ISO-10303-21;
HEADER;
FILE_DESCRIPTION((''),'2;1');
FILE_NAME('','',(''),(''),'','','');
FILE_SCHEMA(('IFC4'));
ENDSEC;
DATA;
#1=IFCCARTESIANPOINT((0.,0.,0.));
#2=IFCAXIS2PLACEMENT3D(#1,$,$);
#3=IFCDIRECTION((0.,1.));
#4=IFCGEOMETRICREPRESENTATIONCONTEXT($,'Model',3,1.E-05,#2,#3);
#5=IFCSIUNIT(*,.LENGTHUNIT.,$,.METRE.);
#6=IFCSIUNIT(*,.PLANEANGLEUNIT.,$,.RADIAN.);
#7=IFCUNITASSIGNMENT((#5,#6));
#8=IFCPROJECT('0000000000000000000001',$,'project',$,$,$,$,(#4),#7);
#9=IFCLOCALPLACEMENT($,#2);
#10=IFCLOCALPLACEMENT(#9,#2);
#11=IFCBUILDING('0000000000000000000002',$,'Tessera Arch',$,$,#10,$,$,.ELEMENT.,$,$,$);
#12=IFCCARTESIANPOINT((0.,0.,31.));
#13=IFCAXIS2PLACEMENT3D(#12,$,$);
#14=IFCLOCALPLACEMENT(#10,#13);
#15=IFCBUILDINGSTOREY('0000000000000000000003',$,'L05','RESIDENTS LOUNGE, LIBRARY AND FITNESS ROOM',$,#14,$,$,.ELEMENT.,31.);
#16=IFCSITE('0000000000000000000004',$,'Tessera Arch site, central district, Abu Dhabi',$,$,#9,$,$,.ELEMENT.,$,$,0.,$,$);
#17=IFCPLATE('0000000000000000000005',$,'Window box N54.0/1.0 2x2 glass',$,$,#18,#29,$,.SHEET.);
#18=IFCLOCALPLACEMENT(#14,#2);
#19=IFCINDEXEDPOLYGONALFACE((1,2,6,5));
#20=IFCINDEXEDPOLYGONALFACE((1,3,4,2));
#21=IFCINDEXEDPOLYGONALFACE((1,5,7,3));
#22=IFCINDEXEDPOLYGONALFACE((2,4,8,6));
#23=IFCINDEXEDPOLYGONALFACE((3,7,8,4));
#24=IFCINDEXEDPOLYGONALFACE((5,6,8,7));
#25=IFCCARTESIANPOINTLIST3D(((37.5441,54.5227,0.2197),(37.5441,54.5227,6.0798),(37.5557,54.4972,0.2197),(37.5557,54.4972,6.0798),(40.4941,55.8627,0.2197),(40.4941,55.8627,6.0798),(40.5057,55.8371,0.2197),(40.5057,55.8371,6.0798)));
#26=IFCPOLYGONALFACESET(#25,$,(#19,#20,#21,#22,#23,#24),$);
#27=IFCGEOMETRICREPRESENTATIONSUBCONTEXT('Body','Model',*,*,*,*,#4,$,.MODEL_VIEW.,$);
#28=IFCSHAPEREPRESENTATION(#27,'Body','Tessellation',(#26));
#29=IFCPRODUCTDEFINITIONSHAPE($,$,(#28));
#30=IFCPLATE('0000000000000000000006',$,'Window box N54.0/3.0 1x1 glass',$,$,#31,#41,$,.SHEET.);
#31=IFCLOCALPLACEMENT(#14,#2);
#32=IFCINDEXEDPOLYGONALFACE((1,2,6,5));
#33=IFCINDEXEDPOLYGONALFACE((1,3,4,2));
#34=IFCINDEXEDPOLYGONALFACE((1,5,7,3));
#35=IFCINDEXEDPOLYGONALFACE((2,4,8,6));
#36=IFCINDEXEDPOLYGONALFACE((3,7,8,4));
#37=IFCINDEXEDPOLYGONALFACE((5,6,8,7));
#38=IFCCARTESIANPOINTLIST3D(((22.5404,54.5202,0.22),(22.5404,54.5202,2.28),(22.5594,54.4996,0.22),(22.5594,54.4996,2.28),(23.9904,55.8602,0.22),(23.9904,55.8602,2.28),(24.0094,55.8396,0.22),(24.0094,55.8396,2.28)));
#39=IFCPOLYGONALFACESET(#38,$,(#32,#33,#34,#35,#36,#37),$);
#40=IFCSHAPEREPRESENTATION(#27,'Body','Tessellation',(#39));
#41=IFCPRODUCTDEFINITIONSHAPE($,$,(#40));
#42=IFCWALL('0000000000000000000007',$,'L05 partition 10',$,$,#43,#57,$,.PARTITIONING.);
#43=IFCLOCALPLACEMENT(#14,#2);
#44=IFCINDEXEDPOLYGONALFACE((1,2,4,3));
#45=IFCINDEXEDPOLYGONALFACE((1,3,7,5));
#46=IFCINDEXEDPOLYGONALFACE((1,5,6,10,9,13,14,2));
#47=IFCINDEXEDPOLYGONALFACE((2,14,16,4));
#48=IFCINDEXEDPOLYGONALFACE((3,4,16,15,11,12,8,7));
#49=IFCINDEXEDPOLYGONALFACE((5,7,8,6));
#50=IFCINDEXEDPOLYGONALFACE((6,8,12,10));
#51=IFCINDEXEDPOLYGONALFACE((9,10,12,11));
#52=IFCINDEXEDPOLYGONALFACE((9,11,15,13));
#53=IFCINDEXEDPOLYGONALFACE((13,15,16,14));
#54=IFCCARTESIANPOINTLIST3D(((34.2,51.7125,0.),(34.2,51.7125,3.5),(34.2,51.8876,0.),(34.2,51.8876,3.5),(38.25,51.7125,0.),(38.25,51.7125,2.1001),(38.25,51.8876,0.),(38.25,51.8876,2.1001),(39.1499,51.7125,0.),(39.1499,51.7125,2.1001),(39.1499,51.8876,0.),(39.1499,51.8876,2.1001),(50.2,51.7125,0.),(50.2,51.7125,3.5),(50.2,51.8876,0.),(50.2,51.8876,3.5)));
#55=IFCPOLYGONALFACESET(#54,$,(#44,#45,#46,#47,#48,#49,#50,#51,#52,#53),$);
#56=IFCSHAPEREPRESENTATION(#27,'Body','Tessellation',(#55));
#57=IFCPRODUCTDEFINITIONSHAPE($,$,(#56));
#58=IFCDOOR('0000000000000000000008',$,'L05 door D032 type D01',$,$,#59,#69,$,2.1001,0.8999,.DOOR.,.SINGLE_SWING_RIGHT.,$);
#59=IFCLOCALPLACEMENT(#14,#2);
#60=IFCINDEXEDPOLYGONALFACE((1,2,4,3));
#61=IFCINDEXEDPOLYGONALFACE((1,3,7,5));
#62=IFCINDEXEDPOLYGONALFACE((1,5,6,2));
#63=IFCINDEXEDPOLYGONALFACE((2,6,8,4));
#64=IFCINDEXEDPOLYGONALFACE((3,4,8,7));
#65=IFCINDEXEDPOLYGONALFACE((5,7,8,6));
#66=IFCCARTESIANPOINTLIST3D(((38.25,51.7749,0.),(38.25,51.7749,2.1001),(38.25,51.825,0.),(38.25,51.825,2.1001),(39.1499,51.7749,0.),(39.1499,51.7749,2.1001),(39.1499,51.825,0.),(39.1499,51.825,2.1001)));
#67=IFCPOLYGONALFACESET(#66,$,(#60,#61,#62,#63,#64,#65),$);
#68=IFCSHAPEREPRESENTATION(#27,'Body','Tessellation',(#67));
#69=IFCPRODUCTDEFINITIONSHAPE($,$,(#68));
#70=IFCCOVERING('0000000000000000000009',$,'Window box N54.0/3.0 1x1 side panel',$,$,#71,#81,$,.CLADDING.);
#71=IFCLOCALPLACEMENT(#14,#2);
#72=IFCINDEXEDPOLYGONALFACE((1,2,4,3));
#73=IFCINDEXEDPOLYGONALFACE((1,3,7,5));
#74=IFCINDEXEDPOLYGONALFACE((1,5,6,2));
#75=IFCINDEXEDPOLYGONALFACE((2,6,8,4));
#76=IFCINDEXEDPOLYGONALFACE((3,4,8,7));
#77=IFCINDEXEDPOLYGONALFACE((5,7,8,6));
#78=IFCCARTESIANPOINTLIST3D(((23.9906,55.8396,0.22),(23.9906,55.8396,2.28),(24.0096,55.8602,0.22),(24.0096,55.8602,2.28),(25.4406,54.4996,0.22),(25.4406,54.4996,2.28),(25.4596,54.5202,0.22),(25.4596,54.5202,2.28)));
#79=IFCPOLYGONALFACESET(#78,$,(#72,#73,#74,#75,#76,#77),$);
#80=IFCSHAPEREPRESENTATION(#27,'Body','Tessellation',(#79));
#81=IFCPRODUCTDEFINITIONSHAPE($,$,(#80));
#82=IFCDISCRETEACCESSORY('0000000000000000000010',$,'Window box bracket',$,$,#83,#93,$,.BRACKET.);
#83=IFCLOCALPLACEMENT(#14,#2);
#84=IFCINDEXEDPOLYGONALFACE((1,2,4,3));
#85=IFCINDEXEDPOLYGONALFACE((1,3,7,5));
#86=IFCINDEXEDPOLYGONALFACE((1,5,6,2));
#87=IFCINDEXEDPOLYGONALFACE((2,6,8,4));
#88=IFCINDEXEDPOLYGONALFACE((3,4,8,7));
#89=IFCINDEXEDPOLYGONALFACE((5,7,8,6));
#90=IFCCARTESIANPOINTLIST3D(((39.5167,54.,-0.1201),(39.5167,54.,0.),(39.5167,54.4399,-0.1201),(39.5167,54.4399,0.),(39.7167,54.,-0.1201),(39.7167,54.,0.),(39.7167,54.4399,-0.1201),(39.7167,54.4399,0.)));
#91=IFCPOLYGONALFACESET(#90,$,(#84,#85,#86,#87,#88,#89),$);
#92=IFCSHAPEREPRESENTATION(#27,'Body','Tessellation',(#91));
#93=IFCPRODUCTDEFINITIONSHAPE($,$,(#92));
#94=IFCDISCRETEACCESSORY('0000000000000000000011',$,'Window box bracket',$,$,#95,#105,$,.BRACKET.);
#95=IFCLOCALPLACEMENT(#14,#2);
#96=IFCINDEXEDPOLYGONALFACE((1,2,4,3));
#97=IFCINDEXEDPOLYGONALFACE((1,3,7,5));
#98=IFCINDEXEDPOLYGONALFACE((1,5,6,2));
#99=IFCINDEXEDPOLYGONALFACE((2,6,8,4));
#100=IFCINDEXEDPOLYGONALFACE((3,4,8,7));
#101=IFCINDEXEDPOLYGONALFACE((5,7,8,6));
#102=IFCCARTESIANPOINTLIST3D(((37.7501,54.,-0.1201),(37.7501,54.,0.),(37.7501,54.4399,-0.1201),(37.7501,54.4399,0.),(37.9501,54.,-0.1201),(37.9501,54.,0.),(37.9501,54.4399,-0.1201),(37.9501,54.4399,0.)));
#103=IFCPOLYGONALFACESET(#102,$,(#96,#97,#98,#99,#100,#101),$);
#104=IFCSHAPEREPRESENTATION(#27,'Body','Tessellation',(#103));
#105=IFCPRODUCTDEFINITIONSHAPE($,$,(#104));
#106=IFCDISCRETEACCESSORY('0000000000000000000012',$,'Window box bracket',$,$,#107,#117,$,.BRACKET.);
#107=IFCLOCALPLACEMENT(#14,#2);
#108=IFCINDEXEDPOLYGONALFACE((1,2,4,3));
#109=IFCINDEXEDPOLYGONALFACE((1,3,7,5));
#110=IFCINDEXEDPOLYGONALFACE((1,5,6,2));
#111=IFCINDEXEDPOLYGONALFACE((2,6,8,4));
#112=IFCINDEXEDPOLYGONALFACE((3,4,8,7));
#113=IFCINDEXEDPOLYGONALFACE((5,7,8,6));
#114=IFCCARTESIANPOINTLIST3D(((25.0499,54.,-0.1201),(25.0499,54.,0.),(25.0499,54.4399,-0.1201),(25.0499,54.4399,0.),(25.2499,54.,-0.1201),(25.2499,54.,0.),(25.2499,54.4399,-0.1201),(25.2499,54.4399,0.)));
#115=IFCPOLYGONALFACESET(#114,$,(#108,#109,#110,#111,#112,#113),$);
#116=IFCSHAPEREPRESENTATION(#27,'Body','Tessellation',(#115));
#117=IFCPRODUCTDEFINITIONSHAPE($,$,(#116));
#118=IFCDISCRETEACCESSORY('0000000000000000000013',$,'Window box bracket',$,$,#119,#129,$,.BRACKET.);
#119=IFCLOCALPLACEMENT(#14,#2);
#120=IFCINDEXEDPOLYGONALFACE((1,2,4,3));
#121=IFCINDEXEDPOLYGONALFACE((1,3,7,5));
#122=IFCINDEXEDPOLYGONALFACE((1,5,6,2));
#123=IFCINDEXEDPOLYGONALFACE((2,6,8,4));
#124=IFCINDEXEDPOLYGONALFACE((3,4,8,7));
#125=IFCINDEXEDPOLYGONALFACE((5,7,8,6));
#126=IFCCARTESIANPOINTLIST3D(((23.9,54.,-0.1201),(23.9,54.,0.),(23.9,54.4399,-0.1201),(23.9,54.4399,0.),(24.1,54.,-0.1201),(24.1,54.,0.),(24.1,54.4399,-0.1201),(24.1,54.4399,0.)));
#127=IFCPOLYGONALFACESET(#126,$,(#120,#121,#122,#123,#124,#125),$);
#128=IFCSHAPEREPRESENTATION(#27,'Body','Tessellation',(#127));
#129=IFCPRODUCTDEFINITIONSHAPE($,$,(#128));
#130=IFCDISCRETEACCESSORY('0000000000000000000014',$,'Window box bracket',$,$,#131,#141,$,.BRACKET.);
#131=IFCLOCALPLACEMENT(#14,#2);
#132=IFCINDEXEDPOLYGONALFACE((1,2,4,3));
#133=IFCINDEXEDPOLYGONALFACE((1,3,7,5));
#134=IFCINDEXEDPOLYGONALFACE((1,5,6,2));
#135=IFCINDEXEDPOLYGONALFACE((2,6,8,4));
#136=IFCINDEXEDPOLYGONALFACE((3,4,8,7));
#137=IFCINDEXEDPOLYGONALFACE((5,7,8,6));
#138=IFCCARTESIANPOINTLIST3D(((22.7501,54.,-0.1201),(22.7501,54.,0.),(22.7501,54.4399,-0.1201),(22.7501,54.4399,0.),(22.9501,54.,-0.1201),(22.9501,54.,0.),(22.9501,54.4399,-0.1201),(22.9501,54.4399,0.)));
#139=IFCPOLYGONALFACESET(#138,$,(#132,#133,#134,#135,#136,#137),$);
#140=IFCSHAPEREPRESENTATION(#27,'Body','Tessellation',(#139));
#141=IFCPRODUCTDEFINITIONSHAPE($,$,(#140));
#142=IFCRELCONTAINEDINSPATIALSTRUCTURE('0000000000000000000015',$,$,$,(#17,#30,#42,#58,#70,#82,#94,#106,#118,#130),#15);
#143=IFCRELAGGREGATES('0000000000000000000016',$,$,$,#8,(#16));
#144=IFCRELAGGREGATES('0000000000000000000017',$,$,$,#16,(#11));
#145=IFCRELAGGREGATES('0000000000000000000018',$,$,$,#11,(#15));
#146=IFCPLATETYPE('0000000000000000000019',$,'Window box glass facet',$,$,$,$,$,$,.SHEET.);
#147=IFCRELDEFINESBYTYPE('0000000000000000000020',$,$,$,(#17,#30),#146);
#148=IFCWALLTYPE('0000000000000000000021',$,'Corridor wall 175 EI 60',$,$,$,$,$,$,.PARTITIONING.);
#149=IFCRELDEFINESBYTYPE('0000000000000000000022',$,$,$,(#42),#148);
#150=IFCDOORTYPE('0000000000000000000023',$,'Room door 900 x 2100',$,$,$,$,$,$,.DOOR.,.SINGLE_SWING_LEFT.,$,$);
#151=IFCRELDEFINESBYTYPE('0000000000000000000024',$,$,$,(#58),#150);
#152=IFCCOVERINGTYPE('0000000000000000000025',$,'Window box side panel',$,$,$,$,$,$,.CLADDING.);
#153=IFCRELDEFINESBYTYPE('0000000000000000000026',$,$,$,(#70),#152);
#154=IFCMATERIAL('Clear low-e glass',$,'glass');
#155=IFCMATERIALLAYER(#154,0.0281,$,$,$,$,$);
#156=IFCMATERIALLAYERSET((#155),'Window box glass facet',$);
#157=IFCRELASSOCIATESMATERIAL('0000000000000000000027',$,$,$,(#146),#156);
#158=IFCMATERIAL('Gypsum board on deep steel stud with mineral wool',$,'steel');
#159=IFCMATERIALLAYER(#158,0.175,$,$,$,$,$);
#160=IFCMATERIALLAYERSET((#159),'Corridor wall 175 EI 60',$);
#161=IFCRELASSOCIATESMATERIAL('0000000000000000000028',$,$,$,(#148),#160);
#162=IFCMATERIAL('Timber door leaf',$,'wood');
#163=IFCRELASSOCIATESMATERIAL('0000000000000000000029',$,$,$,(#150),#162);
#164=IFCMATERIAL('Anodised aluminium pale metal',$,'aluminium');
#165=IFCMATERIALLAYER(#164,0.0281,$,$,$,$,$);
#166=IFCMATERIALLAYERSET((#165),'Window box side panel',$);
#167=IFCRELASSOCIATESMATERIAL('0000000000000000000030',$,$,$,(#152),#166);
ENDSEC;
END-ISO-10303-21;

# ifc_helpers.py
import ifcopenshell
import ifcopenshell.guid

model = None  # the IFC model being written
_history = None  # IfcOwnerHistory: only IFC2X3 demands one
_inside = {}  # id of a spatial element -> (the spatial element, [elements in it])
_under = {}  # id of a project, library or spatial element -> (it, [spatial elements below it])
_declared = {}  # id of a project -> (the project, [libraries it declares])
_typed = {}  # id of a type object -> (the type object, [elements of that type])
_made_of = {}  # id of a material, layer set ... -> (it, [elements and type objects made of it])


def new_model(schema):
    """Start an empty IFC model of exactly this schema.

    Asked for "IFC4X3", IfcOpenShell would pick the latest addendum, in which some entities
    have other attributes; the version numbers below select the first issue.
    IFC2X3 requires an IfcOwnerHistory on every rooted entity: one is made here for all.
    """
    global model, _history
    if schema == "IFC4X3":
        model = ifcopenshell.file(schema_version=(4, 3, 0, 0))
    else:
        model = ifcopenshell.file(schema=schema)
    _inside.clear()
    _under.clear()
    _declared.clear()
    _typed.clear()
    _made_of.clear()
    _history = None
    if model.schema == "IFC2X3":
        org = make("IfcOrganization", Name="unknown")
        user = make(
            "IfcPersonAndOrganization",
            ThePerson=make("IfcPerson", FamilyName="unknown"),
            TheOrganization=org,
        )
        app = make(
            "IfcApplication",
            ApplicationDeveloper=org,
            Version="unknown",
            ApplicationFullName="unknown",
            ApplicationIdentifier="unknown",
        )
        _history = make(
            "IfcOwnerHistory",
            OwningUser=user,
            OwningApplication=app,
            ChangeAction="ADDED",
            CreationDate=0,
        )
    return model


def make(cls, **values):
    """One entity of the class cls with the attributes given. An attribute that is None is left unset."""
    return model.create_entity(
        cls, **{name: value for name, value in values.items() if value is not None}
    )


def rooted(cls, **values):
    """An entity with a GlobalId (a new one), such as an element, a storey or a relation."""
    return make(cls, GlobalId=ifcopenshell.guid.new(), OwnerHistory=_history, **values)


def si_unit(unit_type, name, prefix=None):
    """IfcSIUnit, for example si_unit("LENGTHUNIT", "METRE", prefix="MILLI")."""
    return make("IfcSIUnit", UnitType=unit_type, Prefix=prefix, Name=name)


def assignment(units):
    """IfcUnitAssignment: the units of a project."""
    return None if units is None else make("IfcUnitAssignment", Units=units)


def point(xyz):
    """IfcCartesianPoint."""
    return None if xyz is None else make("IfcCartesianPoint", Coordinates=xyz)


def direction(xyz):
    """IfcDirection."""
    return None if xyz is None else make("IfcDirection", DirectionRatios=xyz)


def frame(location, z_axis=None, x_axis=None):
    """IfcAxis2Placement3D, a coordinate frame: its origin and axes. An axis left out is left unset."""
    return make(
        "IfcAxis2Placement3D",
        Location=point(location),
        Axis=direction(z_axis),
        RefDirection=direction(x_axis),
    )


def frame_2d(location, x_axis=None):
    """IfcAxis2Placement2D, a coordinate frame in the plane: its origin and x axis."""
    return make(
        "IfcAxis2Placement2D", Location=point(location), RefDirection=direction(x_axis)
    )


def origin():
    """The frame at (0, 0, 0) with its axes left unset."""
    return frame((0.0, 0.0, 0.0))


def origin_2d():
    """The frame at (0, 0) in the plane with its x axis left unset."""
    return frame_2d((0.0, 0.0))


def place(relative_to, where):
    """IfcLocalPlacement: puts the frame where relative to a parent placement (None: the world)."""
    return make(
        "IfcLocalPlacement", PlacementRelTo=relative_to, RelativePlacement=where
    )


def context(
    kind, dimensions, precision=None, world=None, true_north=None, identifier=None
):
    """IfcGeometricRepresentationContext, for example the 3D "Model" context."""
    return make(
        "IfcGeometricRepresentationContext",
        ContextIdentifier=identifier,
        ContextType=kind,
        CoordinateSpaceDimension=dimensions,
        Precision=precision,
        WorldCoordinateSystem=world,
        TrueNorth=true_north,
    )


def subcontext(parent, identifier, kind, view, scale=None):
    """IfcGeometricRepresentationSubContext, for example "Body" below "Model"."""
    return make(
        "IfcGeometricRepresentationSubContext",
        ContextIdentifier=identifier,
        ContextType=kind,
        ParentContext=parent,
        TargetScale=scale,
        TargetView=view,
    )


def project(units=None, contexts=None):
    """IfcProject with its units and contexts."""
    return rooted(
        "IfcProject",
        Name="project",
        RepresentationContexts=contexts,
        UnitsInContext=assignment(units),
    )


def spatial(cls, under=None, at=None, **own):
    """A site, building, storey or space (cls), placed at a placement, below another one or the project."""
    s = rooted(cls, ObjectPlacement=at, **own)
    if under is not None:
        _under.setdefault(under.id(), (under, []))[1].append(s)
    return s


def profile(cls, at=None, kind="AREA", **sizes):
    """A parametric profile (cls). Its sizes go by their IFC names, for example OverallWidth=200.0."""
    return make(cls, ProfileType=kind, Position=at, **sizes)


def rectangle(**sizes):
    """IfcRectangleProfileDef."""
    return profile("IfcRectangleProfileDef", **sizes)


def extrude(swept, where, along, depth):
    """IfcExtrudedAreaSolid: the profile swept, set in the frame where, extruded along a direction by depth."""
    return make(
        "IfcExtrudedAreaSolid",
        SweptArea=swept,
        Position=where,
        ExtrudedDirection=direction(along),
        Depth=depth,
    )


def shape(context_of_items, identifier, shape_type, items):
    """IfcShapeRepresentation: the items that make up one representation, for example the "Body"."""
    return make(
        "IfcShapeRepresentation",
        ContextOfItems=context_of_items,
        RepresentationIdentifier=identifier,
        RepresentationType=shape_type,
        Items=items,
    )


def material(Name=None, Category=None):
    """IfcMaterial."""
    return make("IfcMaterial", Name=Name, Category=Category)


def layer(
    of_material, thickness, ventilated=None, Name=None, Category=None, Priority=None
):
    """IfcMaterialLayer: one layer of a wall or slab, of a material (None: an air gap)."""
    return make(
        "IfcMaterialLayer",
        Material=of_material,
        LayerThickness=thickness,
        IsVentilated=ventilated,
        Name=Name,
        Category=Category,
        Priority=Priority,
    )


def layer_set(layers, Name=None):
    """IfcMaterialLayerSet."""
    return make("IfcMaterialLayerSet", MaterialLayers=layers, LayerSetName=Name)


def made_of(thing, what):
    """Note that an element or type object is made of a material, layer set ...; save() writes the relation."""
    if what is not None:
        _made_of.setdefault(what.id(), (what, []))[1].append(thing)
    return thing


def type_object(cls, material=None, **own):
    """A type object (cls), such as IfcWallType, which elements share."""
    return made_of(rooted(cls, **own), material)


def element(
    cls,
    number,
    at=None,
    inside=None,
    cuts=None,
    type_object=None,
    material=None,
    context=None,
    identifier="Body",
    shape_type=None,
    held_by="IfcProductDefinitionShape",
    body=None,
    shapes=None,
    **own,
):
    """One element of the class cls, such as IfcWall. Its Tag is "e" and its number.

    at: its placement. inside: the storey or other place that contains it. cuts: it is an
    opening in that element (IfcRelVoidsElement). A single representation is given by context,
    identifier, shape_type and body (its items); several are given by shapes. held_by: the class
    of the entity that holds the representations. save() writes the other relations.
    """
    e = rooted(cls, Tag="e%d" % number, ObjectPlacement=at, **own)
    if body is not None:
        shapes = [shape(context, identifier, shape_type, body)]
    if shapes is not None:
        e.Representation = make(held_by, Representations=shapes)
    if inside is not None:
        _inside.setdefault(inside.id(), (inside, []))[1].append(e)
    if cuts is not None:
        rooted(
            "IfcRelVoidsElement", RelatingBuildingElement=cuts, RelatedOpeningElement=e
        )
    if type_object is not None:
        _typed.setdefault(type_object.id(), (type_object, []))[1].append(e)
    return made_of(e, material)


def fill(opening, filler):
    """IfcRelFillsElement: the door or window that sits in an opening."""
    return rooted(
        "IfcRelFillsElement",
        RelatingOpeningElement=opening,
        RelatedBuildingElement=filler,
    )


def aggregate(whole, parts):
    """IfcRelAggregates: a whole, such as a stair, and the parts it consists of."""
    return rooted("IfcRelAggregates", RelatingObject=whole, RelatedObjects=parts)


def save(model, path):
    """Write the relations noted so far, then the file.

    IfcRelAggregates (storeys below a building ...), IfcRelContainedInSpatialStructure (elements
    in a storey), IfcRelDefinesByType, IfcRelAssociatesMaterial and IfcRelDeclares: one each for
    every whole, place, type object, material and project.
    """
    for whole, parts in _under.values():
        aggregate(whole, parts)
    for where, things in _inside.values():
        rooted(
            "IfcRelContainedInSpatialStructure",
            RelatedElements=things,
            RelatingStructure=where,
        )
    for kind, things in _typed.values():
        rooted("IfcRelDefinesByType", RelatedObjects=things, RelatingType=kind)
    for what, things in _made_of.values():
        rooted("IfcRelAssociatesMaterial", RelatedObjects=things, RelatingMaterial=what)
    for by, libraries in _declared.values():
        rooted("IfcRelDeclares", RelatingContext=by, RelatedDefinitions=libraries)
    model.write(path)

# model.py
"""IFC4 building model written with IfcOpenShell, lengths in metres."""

from ifc_helpers import new_model, si_unit, direction, frame, frame_2d, origin, origin_2d, place, context, subcontext, project, spatial, rectangle, extrude, material, layer, layer_set, type_object, element, fill, save


model = new_model("IFC4")

# Units and contexts
model_context = context("Model", 3, precision=1e-05, world=origin(), true_north=direction((0.0, 1.0)))
body_context = subcontext(model_context, "Body", "Model", "MODEL_VIEW")
ifc_project = project(units=[si_unit("LENGTHUNIT", "METRE"), si_unit("PLANEANGLEUNIT", "RADIAN")], contexts=[model_context])

# Site, building, storey
site_placement = place(None, origin())
site = spatial("IfcSite", under=ifc_project, at=site_placement, Name="Tessera Arch site, central district, Abu Dhabi", CompositionType="ELEMENT", RefElevation=0.0)
building_placement = place(site_placement, origin())
building = spatial("IfcBuilding", under=site, at=building_placement, Name="Tessera Arch", CompositionType="ELEMENT")
storey_placement = place(building_placement, frame((0.0, 0.0, 31.0)))
storey = spatial("IfcBuildingStorey", under=building, at=storey_placement, Name="L05", Description="RESIDENTS LOUNGE, LIBRARY AND FITNESS ROOM", CompositionType="ELEMENT", Elevation=31.0)

# Plates
ifc_material_1 = material(Name="Clear low-e glass", Category="glass")
ifc_layer_1 = layer(ifc_material_1, 0.0281)
ifc_layer_set_1 = layer_set([ifc_layer_1], Name="Window box glass facet")
plate_type_1 = type_object("IfcPlateType", Name="Window box glass facet", PredefinedType="SHEET", material=ifc_layer_set_1)
plate_1_placement = place(storey_placement, frame((39.0249, 55.1799, 0.2197), z_axis=(0.0, 0.0, 1.0), x_axis=(0.910472, 0.41357, 0.0)))
element("IfcPlate", 1, at=plate_1_placement, inside=storey, type_object=plate_type_1, Name="Window box N54.0/1.0 2x2 glass", PredefinedType="SHEET", context=body_context, shape_type="SweptSolid", body=[
    extrude(rectangle(XDim=3.24, YDim=0.0281, at=origin_2d()), origin(), (0.0, 0.0, 1.0), 5.8601),
])
plate_2_placement = place(storey_placement, frame((23.2749, 55.1799, 0.22), z_axis=(0.0, 0.0, 1.0), x_axis=(0.734415, 0.678701, 0.0)))
element("IfcPlate", 2, at=plate_2_placement, inside=storey, type_object=plate_type_1, Name="Window box N54.0/3.0 1x1 glass", PredefinedType="SHEET", context=body_context, shape_type="SweptSolid", body=[
    extrude(rectangle(XDim=1.9744, YDim=0.0281, at=origin_2d()), origin(), (0.0, 0.0, 1.0), 2.0601),
])

# Wall, opening, door
ifc_material_2 = material(Name="Gypsum board on deep steel stud with mineral wool", Category="steel")
ifc_layer_2 = layer(ifc_material_2, 0.175)
ifc_layer_set_2 = layer_set([ifc_layer_2], Name="Corridor wall 175 EI 60")
wall_type = type_object("IfcWallType", Name="Corridor wall 175 EI 60", PredefinedType="PARTITIONING", material=ifc_layer_set_2)
wall_placement = place(storey_placement, frame((34.2, 51.8, 0.0), z_axis=(0.0, 0.0, 1.0), x_axis=(1.0, 0.0, 0.0)))
wall = element("IfcWall", 3, at=wall_placement, inside=storey, type_object=wall_type, Name="L05 partition 10", PredefinedType="PARTITIONING", context=body_context, shape_type="SweptSolid", body=[
    extrude(rectangle(XDim=16.0, YDim=0.175, at=frame_2d((8.0, 0.0))), origin(), (0.0, 0.0, 1.0), 3.5),
])
opening_placement = place(wall_placement, frame((4.05, 0.0, 0.0)))
opening = element("IfcOpeningElement", 4, at=opening_placement, cuts=wall, PredefinedType="OPENING", context=body_context, shape_type="SweptSolid", body=[
    extrude(rectangle(XDim=0.8999, YDim=2.1001, at=frame_2d((0.45, 1.05))), frame((0.0, 0.0974, 0.0), z_axis=(0.0, -1.0, 0.0), x_axis=(1.0, 0.0, 0.0)), (0.0, 0.0, 1.0), 0.1951),
])
ifc_material_3 = material(Name="Timber door leaf", Category="wood")
door_type = type_object("IfcDoorType", Name="Room door 900 x 2100", OperationType="SINGLE_SWING_LEFT", PredefinedType="DOOR", material=ifc_material_3)
door_placement = place(opening_placement, origin())
door = element("IfcDoor", 5, at=door_placement, inside=storey, type_object=door_type, Name="L05 door D032 type D01", OperationType="SINGLE_SWING_RIGHT", OverallHeight=2.1001, OverallWidth=0.8999, PredefinedType="DOOR", context=body_context, shape_type="SweptSolid", body=[
    extrude(rectangle(XDim=0.8999, YDim=2.1001, at=frame_2d((0.45, 1.05))), frame((0.0, 0.0249, 0.0), z_axis=(0.0, -1.0, 0.0), x_axis=(1.0, 0.0, 0.0)), (0.0, 0.0, 1.0), 0.05),
])
fill(opening, door)

# Covering
ifc_material_4 = material(Name="Anodised aluminium pale metal", Category="aluminium")
ifc_layer_3 = layer(ifc_material_4, 0.0281)
ifc_layer_set_3 = layer_set([ifc_layer_3], Name="Window box side panel")
covering_type = type_object("IfcCoveringType", Name="Window box side panel", PredefinedType="CLADDING", material=ifc_layer_set_3)
covering_placement = place(storey_placement, frame((24.7251, 55.1799, 0.22), z_axis=(0.0, 0.0, 1.0), x_axis=(-0.734415, 0.678701, 0.0)))
element("IfcCovering", 6, at=covering_placement, inside=storey, type_object=covering_type, Name="Window box N54.0/3.0 1x1 side panel", PredefinedType="CLADDING", context=body_context, shape_type="SweptSolid", body=[
    extrude(rectangle(XDim=1.9744, YDim=0.0281, at=origin_2d()), origin(), (0.0, 0.0, 1.0), 2.0601),
])

# Discrete accessories
for number, where, z_axis, x_axis, name in (
    (7, (39.6167, 54.22, -0.1201), (0.0, 0.0, 1.0), (0.0, 1.0, 0.0), "Window box bracket"),
    (8, (37.8501, 54.22, -0.1201), (0.0, 0.0, 1.0), (0.0, 1.0, 0.0), "Window box bracket"),
    (9, (25.1499, 54.22, -0.1201), (0.0, 0.0, 1.0), (0.0, 1.0, 0.0), "Window box bracket"),
    (10, (24.0, 54.22, -0.1201), (0.0, 0.0, 1.0), (0.0, 1.0, 0.0), "Window box bracket"),
    (11, (22.8501, 54.22, -0.1201), (0.0, 0.0, 1.0), (0.0, 1.0, 0.0), "Window box bracket"),
):
    element("IfcDiscreteAccessory", number, at=place(storey_placement, frame(where, z_axis=z_axis, x_axis=x_axis)), inside=storey, Name=name, PredefinedType="BRACKET", context=body_context, shape_type="SweptSolid", body=[
        extrude(rectangle(XDim=0.4399, YDim=0.2, at=origin_2d()), origin(), (0.0, 0.0, 1.0), 0.1201),
    ])

save(model, "model.ifc")
